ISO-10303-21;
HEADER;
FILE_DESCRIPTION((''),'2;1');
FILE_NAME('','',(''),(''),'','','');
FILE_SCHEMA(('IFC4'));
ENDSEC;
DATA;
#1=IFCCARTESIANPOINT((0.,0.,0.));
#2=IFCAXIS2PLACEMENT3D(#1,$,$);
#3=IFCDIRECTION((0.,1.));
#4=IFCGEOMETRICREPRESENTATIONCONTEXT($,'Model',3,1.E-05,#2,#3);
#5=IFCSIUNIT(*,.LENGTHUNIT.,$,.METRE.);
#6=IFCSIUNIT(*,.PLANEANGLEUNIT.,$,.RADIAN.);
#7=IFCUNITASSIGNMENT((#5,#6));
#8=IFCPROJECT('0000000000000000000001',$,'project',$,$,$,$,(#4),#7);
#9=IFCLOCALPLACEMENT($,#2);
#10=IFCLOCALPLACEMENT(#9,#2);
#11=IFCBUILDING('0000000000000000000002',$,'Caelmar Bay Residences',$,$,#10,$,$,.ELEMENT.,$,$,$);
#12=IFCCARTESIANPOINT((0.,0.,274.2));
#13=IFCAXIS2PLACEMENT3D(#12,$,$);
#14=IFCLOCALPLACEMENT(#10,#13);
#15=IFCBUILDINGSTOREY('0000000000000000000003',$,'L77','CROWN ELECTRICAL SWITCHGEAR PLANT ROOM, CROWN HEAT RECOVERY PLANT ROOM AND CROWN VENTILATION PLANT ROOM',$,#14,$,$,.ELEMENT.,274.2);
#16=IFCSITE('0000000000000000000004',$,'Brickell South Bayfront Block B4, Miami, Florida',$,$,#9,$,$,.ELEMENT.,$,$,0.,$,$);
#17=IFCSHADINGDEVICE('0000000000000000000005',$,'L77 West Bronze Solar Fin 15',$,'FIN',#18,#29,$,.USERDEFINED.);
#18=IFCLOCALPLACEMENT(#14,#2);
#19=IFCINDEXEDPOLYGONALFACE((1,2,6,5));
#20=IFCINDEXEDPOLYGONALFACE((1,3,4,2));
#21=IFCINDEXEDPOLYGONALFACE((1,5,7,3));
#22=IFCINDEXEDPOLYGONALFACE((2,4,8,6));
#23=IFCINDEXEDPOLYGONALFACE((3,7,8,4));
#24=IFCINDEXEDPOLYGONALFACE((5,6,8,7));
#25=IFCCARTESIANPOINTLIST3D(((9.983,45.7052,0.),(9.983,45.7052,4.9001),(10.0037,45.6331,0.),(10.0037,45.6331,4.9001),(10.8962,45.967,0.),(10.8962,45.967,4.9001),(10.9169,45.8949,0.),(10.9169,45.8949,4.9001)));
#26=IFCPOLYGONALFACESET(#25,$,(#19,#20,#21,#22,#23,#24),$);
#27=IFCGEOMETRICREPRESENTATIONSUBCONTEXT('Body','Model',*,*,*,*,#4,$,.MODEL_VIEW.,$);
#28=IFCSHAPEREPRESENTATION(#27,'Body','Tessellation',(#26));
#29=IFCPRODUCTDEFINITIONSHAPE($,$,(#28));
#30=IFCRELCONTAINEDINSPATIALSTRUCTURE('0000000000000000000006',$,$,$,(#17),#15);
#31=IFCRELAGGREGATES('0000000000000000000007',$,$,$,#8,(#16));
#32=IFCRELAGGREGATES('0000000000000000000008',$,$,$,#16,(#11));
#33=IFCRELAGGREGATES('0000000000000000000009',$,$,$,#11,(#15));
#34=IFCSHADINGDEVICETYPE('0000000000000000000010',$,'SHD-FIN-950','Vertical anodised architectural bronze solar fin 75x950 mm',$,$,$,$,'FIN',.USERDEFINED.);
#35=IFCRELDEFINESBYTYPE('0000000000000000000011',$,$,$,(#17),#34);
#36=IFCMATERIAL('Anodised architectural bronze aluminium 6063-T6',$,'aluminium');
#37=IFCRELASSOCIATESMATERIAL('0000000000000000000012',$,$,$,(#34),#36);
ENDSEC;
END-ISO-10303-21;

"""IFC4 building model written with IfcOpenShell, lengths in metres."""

from ifc_helpers import new_model, si_unit, direction, frame, origin, origin_2d, place, context, subcontext, project, spatial, rectangle, extrude, material, material_profile, profile_set, type_object, element, save


model = new_model("IFC4")

# Units and contexts
model_context = context("Model", 3, precision=1e-05, world=origin(), true_north=direction((0.0, 1.0)))
body_context = subcontext(model_context, "Body", "Model", "MODEL_VIEW")
ifc_project = project(units=[si_unit("LENGTHUNIT", "METRE"), si_unit("PLANEANGLEUNIT", "RADIAN")], contexts=[model_context])

# Site, building, storey
site_placement = place(None, origin())
site = spatial("IfcSite", under=ifc_project, at=site_placement, Name="Brickell South Bayfront Block B4, Miami, Florida", CompositionType="ELEMENT", RefElevation=0.0)
building_placement = place(site_placement, origin())
building = spatial("IfcBuilding", under=site, at=building_placement, Name="Caelmar Bay Residences", CompositionType="ELEMENT")
storey_placement = place(building_placement, frame((0.0, 0.0, 274.2)))
storey = spatial("IfcBuildingStorey", under=building, at=storey_placement, Name="L77", Description="CROWN ELECTRICAL SWITCHGEAR PLANT ROOM, CROWN HEAT RECOVERY PLANT ROOM AND CROWN VENTILATION PLANT ROOM", CompositionType="ELEMENT", Elevation=274.2)

# Shading device
ifc_material_1 = material(Name="Anodised architectural bronze aluminium 6063-T6", Category="aluminium")
ifc_material_profile = material_profile(ifc_material_1, rectangle(XDim=0.075, YDim=0.95, at=origin_2d()), Name="BRONZE-FIN-75X950")
ifc_profile_set = profile_set([ifc_material_profile], Name="Anodised architectural bronze aluminium 6063-T6")
shading_device_type = type_object("IfcShadingDeviceType", Name="SHD-FIN-950", Description="Vertical anodised architectural bronze solar fin 75x950 mm", ElementType="FIN", PredefinedType="USERDEFINED", material=ifc_profile_set)
for number, where, z_axis, x_axis, name in (
    (1, (10.45, 45.8, 0.0), (0.0, 0.0, 1.0), (-0.275637, 0.961262, 0.0), "L77 West Bronze Solar Fin 15"),
):
    element("IfcShadingDevice", number, at=place(storey_placement, frame(where, z_axis=z_axis, x_axis=x_axis)), inside=storey, type_object=shading_device_type, Name=name, ObjectType="FIN", PredefinedType="USERDEFINED", context=body_context, shape_type="SweptSolid", body=[
        extrude(rectangle(XDim=0.075, YDim=0.95, at=origin_2d()), origin(), (0.0, 0.0, 1.0), 4.9001),
    ])

save(model, "model.ifc")
